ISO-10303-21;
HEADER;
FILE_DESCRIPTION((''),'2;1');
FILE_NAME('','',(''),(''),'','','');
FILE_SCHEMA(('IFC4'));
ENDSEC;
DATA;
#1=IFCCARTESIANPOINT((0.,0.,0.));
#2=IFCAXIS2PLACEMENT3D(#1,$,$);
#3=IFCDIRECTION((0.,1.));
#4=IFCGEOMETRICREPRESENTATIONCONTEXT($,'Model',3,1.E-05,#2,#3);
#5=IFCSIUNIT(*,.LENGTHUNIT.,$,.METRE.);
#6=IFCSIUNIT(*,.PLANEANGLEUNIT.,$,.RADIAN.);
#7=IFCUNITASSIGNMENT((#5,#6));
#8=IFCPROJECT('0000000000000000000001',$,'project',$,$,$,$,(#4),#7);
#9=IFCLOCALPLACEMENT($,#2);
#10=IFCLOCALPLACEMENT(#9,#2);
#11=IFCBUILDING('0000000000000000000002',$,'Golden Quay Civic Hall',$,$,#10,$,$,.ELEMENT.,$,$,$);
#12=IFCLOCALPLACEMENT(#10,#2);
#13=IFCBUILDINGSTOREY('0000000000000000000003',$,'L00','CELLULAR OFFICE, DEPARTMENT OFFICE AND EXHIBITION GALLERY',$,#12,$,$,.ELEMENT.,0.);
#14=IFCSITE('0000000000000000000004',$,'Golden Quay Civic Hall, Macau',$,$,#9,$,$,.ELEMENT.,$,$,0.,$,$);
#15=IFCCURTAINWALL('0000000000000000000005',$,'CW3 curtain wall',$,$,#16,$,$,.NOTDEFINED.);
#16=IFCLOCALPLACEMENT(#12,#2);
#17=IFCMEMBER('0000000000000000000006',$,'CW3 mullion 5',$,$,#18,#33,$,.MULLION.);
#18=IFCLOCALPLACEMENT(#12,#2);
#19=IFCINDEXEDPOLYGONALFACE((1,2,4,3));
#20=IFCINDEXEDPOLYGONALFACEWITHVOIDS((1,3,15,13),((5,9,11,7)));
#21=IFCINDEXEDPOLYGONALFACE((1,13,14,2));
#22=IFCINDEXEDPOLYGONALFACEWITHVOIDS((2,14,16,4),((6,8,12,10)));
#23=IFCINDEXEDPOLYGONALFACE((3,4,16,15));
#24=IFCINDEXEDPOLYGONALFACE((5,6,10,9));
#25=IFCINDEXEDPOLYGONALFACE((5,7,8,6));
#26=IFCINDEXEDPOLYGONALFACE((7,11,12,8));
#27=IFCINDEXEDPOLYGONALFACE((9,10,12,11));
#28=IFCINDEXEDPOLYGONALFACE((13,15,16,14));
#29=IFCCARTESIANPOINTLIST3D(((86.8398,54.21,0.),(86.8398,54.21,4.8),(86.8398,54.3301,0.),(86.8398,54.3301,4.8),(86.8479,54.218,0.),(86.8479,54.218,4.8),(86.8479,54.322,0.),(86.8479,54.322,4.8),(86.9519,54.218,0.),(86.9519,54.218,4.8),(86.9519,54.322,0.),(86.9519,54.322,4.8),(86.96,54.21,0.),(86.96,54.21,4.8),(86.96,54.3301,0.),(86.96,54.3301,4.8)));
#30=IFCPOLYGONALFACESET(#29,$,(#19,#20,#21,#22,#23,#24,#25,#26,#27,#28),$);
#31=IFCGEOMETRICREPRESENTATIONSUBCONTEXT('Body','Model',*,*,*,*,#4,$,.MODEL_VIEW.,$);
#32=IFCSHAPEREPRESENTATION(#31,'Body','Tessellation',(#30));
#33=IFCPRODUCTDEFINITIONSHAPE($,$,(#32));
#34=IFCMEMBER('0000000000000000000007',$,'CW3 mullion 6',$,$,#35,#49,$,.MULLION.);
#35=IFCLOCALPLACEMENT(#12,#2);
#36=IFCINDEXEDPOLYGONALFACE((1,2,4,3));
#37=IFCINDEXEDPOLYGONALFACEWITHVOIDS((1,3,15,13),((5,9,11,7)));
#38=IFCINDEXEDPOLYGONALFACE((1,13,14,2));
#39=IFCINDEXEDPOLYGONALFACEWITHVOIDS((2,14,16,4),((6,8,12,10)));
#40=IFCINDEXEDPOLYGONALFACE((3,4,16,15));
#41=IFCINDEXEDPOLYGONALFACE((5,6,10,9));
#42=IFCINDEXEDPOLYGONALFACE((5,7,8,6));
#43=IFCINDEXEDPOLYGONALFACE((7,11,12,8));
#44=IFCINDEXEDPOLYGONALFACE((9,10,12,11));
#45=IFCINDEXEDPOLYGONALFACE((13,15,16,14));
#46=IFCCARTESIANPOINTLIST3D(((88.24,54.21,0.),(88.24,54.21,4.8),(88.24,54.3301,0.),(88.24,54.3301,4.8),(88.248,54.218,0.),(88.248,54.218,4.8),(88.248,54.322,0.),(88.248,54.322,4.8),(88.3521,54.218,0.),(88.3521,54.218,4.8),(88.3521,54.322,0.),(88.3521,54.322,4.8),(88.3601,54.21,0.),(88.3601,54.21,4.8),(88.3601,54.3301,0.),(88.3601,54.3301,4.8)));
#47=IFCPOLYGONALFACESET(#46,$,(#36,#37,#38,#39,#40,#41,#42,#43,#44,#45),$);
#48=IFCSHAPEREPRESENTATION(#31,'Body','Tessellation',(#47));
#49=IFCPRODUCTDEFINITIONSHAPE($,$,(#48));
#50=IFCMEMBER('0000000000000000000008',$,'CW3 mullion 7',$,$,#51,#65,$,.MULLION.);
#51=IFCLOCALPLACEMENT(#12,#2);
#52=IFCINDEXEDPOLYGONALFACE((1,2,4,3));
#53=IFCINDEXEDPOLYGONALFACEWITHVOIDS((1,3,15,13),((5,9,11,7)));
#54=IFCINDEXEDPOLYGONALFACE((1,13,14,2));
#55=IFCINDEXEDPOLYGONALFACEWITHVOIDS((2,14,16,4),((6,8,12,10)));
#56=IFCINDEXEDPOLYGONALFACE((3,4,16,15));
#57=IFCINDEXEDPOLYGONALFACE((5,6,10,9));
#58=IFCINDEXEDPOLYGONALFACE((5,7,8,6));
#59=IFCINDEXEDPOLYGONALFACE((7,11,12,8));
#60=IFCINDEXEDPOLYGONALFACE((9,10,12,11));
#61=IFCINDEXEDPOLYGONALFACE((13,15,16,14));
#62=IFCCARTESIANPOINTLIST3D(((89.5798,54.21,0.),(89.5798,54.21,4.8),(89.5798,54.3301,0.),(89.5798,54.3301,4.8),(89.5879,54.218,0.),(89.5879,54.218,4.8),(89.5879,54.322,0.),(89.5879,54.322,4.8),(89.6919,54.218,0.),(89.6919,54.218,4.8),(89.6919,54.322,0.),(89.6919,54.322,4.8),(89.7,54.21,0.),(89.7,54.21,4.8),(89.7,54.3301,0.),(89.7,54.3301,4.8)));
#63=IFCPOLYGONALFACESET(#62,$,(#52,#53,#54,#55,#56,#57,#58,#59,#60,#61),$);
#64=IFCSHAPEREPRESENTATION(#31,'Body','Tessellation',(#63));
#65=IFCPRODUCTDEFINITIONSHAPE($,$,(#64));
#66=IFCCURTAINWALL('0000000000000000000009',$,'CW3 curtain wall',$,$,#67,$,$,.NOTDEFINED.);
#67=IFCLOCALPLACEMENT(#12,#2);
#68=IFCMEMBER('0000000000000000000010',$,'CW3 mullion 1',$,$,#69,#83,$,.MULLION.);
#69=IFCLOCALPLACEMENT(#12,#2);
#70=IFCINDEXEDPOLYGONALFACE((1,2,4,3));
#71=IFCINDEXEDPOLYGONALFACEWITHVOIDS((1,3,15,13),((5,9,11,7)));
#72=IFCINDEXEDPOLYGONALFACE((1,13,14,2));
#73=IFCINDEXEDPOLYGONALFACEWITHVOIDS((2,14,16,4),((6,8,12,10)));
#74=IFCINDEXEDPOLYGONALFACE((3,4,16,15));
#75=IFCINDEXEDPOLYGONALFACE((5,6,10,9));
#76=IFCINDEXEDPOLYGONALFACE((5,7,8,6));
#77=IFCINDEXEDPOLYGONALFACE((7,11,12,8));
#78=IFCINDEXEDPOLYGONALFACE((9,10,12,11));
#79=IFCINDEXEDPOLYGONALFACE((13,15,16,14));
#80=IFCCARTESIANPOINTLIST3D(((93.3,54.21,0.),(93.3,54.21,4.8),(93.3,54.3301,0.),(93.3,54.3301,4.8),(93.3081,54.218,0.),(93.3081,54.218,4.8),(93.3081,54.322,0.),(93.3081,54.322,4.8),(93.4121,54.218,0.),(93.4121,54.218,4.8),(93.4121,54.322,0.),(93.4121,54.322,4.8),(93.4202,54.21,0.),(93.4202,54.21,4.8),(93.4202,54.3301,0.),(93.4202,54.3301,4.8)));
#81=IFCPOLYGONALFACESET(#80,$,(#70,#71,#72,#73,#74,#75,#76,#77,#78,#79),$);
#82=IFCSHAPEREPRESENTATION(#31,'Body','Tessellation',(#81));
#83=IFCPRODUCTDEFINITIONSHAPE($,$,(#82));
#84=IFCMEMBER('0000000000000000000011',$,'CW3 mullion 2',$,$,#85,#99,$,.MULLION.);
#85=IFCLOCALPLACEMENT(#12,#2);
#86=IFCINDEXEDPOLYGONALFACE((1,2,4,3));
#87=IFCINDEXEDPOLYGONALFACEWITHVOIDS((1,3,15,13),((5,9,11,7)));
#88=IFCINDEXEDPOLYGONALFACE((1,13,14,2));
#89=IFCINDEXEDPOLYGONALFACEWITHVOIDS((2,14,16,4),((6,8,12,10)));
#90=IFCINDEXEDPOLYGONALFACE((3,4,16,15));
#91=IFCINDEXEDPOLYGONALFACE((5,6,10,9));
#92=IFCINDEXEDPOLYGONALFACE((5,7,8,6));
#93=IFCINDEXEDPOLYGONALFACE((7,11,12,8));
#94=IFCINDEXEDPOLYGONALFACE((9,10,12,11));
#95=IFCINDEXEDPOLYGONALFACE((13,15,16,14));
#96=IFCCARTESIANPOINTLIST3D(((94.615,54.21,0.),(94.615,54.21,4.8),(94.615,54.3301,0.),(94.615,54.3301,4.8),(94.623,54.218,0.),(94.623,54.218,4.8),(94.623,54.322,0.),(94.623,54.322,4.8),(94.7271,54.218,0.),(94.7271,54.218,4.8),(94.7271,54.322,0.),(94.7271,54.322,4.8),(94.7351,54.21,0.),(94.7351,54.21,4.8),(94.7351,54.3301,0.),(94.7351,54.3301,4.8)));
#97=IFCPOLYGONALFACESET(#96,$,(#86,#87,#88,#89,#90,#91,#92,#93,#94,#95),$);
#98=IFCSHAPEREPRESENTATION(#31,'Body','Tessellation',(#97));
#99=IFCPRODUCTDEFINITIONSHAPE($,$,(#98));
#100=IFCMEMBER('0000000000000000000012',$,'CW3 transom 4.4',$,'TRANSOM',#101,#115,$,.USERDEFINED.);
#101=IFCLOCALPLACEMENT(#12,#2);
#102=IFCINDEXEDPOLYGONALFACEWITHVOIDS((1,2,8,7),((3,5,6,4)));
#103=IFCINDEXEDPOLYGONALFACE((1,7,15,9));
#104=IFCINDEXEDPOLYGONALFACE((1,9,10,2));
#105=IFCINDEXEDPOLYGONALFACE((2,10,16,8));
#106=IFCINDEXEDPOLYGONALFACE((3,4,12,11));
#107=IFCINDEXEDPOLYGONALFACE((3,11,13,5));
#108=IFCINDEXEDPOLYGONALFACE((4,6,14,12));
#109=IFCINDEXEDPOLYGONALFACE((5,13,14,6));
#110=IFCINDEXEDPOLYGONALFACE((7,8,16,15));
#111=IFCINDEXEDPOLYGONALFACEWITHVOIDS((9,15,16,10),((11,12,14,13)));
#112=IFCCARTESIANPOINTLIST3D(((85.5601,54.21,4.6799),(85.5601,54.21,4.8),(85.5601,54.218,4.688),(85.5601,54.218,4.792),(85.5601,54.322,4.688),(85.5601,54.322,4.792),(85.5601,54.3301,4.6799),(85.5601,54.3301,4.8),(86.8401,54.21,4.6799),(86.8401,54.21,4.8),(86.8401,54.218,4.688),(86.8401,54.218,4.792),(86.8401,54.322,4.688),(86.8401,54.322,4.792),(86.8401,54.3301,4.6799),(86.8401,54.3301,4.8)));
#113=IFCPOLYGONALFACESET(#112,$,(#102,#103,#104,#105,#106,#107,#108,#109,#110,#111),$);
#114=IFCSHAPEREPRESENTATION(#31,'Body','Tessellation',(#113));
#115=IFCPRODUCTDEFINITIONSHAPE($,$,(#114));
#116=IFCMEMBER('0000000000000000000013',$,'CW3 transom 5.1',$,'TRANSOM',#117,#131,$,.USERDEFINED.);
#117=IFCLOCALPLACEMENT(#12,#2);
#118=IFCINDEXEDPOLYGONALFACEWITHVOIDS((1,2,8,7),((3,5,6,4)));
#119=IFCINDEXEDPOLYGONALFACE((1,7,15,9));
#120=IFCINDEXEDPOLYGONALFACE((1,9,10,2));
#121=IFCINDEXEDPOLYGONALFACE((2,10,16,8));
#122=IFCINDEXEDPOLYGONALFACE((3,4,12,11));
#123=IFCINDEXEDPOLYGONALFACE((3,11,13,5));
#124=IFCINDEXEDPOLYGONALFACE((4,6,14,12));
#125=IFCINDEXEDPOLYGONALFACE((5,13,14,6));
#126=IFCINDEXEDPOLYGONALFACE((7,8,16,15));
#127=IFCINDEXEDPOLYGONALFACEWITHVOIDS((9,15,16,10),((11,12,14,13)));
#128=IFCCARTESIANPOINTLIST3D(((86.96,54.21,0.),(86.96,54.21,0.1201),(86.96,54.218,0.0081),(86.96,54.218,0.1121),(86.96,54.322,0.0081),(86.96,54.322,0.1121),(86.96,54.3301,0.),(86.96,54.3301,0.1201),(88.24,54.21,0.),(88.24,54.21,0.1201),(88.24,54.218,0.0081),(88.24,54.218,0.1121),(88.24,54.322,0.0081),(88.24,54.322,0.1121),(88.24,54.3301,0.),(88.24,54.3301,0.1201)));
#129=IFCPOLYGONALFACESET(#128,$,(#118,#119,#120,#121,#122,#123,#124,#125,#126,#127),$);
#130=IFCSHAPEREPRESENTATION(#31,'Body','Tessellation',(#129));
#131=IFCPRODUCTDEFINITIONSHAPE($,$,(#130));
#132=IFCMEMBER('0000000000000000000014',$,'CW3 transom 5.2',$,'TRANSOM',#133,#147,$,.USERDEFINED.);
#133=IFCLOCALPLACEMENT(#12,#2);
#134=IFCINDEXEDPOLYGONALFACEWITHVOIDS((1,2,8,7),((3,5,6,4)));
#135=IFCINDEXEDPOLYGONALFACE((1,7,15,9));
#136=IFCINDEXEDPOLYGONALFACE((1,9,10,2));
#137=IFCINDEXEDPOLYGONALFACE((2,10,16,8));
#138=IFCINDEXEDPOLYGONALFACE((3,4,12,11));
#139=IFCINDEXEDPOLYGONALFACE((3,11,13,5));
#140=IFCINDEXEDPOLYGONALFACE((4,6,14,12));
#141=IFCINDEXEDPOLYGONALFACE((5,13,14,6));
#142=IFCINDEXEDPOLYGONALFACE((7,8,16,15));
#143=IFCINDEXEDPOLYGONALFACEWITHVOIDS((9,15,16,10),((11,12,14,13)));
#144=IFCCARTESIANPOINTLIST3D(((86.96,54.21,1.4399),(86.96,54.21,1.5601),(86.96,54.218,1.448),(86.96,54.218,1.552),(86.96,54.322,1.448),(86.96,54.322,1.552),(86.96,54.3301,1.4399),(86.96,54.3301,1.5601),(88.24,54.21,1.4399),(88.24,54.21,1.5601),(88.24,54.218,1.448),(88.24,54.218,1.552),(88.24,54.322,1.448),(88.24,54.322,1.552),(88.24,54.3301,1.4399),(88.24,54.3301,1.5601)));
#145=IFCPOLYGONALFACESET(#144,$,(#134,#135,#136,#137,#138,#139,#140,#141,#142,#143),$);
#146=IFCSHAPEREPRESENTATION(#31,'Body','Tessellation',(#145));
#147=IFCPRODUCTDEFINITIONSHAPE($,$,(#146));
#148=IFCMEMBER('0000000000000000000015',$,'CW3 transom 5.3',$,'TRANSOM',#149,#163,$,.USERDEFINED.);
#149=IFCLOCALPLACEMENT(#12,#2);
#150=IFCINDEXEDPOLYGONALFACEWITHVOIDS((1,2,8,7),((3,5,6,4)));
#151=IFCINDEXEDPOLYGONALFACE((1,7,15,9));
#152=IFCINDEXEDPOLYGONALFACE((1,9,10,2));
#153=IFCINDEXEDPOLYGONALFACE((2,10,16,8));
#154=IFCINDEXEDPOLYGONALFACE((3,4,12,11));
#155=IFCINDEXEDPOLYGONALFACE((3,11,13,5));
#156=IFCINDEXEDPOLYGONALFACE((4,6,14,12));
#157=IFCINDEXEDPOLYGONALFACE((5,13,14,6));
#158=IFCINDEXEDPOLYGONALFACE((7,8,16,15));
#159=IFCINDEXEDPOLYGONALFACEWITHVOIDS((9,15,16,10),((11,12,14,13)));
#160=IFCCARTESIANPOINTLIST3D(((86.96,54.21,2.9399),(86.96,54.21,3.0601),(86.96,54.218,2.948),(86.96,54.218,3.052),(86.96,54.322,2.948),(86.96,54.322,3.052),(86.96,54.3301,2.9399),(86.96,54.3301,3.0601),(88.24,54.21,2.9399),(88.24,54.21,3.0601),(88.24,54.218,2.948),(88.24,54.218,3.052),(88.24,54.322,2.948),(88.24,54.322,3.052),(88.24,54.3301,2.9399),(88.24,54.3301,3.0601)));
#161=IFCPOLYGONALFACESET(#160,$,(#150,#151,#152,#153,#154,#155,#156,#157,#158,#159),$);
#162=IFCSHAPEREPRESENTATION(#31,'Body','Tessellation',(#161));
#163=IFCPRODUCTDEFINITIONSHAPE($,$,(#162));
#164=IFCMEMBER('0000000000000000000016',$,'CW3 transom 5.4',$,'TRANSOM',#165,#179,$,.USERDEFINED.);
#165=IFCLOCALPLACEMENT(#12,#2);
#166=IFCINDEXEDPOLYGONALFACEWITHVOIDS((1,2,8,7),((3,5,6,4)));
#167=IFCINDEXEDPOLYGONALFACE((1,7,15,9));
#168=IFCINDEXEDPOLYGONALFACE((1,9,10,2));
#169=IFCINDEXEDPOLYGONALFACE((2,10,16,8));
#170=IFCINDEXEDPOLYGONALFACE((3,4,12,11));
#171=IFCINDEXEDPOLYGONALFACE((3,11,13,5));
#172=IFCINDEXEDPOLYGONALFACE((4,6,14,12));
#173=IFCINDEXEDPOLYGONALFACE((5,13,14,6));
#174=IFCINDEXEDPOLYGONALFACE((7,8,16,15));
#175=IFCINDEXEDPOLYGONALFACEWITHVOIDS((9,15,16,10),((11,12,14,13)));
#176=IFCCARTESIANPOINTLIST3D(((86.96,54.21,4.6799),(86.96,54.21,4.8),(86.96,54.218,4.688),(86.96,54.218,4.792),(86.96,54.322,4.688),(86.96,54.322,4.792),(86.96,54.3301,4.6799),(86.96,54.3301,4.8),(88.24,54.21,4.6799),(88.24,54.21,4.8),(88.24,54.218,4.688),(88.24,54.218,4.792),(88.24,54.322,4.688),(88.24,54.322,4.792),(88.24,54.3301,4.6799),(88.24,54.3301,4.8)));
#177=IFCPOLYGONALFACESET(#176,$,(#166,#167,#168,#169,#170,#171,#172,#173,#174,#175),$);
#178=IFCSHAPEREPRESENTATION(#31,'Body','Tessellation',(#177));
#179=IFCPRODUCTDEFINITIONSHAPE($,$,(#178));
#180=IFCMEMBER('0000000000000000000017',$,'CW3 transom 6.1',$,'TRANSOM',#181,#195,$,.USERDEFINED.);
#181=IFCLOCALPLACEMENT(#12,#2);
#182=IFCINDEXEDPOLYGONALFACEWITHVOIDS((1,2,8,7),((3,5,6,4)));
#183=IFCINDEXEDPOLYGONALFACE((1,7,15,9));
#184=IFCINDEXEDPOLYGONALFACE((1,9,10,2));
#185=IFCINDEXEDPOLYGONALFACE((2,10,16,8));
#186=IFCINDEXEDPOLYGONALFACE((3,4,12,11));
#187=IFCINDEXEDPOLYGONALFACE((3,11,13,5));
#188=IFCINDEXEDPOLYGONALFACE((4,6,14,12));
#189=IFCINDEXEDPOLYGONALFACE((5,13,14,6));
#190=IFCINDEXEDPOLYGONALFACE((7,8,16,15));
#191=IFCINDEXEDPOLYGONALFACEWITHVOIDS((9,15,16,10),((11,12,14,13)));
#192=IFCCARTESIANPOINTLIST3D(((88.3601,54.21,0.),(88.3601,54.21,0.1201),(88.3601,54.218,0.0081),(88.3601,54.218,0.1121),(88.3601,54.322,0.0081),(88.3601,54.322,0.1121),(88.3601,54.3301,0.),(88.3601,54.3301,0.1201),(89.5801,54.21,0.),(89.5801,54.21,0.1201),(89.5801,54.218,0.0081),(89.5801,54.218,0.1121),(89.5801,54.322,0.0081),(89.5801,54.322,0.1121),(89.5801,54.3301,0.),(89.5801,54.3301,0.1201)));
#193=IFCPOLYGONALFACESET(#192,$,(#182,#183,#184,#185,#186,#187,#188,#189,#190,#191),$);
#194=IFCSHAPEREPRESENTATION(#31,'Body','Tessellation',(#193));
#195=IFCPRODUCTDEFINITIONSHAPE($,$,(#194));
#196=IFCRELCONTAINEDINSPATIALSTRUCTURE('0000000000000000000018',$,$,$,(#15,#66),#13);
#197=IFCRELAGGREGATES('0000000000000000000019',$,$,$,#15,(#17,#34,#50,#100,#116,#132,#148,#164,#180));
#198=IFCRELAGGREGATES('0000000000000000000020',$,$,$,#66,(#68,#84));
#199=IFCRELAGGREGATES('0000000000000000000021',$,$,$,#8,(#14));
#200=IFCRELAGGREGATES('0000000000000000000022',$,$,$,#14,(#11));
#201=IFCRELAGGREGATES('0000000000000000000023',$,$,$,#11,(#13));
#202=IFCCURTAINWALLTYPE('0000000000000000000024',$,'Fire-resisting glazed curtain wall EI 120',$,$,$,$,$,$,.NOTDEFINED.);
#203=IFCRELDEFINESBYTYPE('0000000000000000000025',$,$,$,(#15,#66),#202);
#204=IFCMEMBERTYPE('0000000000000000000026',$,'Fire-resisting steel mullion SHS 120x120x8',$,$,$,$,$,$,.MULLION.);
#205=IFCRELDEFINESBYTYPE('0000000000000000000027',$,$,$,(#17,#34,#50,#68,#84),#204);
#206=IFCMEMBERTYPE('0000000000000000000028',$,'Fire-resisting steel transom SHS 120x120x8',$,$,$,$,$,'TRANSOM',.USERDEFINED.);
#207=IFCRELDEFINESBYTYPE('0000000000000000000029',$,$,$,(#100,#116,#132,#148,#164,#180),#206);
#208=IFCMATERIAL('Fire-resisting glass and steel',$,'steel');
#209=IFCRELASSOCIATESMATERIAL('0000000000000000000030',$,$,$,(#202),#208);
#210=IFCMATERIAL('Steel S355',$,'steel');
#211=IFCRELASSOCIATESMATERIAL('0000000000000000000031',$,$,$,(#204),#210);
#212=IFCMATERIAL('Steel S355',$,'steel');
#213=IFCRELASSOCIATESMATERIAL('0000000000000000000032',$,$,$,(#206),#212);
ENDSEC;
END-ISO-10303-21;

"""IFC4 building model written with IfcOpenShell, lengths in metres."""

from ifc_helpers import new_model, si_unit, direction, frame, origin, origin_2d, place, context, subcontext, project, spatial, hollow_rectangle, extrude, material, material_profile, profile_set, type_object, element, aggregate, save


model = new_model("IFC4")

# Units and contexts
model_context = context("Model", 3, precision=1e-05, world=origin(), true_north=direction((0.0, 1.0)))
body_context = subcontext(model_context, "Body", "Model", "MODEL_VIEW")
ifc_project = project(units=[si_unit("LENGTHUNIT", "METRE"), si_unit("PLANEANGLEUNIT", "RADIAN")], contexts=[model_context])

# Site, building, storey
site_placement = place(None, origin())
site = spatial("IfcSite", under=ifc_project, at=site_placement, Name="Golden Quay Civic Hall, Macau", CompositionType="ELEMENT", RefElevation=0.0)
building_placement = place(site_placement, origin())
building = spatial("IfcBuilding", under=site, at=building_placement, Name="Golden Quay Civic Hall", CompositionType="ELEMENT")
storey_placement = place(building_placement, origin())
storey = spatial("IfcBuildingStorey", under=building, at=storey_placement, Name="L00", Description="CELLULAR OFFICE, DEPARTMENT OFFICE AND EXHIBITION GALLERY", CompositionType="ELEMENT", Elevation=0.0)

# Curtain walls, members
ifc_material_1 = material(Name="Fire-resisting glass and steel", Category="steel")
curtain_wall_type = type_object("IfcCurtainWallType", Name="Fire-resisting glazed curtain wall EI 120", PredefinedType="NOTDEFINED", material=ifc_material_1)
curtain_wall_1_placement = place(storey_placement, origin())
curtain_wall_1 = element("IfcCurtainWall", 1, at=curtain_wall_1_placement, inside=storey, type_object=curtain_wall_type, Name="CW3 curtain wall", PredefinedType="NOTDEFINED")
ifc_material_2 = material(Name="Steel S355", Category="steel")
ifc_material_profile_1 = material_profile(ifc_material_2, hollow_rectangle(XDim=0.1201, YDim=0.1201, WallThickness=0.0081, at=origin_2d()), Name="SHS 120x120x8")
ifc_profile_set_1 = profile_set([ifc_material_profile_1], Name="Steel S355")
member_type_1 = type_object("IfcMemberType", Name="Fire-resisting steel mullion SHS 120x120x8", PredefinedType="MULLION", material=ifc_profile_set_1)
member_1_placement = place(storey_placement, frame((86.8999, 54.27, 0.0), z_axis=(0.0, 0.0, 1.0), x_axis=(0.0, 1.0, 0.0)))
member_1 = element("IfcMember", 2, at=member_1_placement, type_object=member_type_1, Name="CW3 mullion 5", PredefinedType="MULLION", context=body_context, shape_type="SweptSolid", body=[
    extrude(hollow_rectangle(XDim=0.1201, YDim=0.1201, WallThickness=0.0081, at=origin_2d()), origin(), (0.0, 0.0, 1.0), 4.8),
])
member_2_placement = place(storey_placement, frame((88.3, 54.27, 0.0), z_axis=(0.0, 0.0, 1.0), x_axis=(0.0, 1.0, 0.0)))
member_2 = element("IfcMember", 3, at=member_2_placement, type_object=member_type_1, Name="CW3 mullion 6", PredefinedType="MULLION", context=body_context, shape_type="SweptSolid", body=[
    extrude(hollow_rectangle(XDim=0.1201, YDim=0.1201, WallThickness=0.0081, at=origin_2d()), origin(), (0.0, 0.0, 1.0), 4.8),
])
member_3_placement = place(storey_placement, frame((89.6399, 54.27, 0.0), z_axis=(0.0, 0.0, 1.0), x_axis=(0.0, 1.0, 0.0)))
member_3 = element("IfcMember", 4, at=member_3_placement, type_object=member_type_1, Name="CW3 mullion 7", PredefinedType="MULLION", context=body_context, shape_type="SweptSolid", body=[
    extrude(hollow_rectangle(XDim=0.1201, YDim=0.1201, WallThickness=0.0081, at=origin_2d()), origin(), (0.0, 0.0, 1.0), 4.8),
])
curtain_wall_2_placement = place(storey_placement, origin())
curtain_wall_2 = element("IfcCurtainWall", 5, at=curtain_wall_2_placement, inside=storey, type_object=curtain_wall_type, Name="CW3 curtain wall", PredefinedType="NOTDEFINED")
member_4_placement = place(storey_placement, frame((93.3601, 54.27, 0.0), z_axis=(0.0, 0.0, 1.0), x_axis=(0.0, 1.0, 0.0)))
member_4 = element("IfcMember", 6, at=member_4_placement, type_object=member_type_1, Name="CW3 mullion 1", PredefinedType="MULLION", context=body_context, shape_type="SweptSolid", body=[
    extrude(hollow_rectangle(XDim=0.1201, YDim=0.1201, WallThickness=0.0081, at=origin_2d()), origin(), (0.0, 0.0, 1.0), 4.8),
])
member_5_placement = place(storey_placement, frame((94.675, 54.27, 0.0), z_axis=(0.0, 0.0, 1.0), x_axis=(0.0, 1.0, 0.0)))
member_5 = element("IfcMember", 7, at=member_5_placement, type_object=member_type_1, Name="CW3 mullion 2", PredefinedType="MULLION", context=body_context, shape_type="SweptSolid", body=[
    extrude(hollow_rectangle(XDim=0.1201, YDim=0.1201, WallThickness=0.0081, at=origin_2d()), origin(), (0.0, 0.0, 1.0), 4.8),
])

# Members
ifc_material_3 = material(Name="Steel S355", Category="steel")
ifc_material_profile_2 = material_profile(ifc_material_3, hollow_rectangle(XDim=0.1201, YDim=0.1201, WallThickness=0.0081, at=origin_2d()), Name="SHS 120x120x8")
ifc_profile_set_2 = profile_set([ifc_material_profile_2], Name="Steel S355")
member_type_2 = type_object("IfcMemberType", Name="Fire-resisting steel transom SHS 120x120x8", ElementType="TRANSOM", PredefinedType="USERDEFINED", material=ifc_profile_set_2)
member_6_placement = place(storey_placement, frame((85.5601, 54.27, 4.74), z_axis=(1.0, 0.0, 0.0), x_axis=(0.0, 1.0, 0.0)))
member_6 = element("IfcMember", 8, at=member_6_placement, type_object=member_type_2, Name="CW3 transom 4.4", ObjectType="TRANSOM", PredefinedType="USERDEFINED", context=body_context, shape_type="SweptSolid", body=[
    extrude(hollow_rectangle(XDim=0.1201, YDim=0.1201, WallThickness=0.0081, at=origin_2d()), origin(), (0.0, 0.0, 1.0), 1.28),
])
member_7_placement = place(storey_placement, frame((86.96, 54.27, 0.0601), z_axis=(1.0, 0.0, 0.0), x_axis=(0.0, 1.0, 0.0)))
member_7 = element("IfcMember", 9, at=member_7_placement, type_object=member_type_2, Name="CW3 transom 5.1", ObjectType="TRANSOM", PredefinedType="USERDEFINED", context=body_context, shape_type="SweptSolid", body=[
    extrude(hollow_rectangle(XDim=0.1201, YDim=0.1201, WallThickness=0.0081, at=origin_2d()), origin(), (0.0, 0.0, 1.0), 1.28),
])
member_8_placement = place(storey_placement, frame((86.96, 54.27, 1.5), z_axis=(1.0, 0.0, 0.0), x_axis=(0.0, 1.0, 0.0)))
member_8 = element("IfcMember", 10, at=member_8_placement, type_object=member_type_2, Name="CW3 transom 5.2", ObjectType="TRANSOM", PredefinedType="USERDEFINED", context=body_context, shape_type="SweptSolid", body=[
    extrude(hollow_rectangle(XDim=0.1201, YDim=0.1201, WallThickness=0.0081, at=origin_2d()), origin(), (0.0, 0.0, 1.0), 1.28),
])
member_9_placement = place(storey_placement, frame((86.96, 54.27, 3.0), z_axis=(1.0, 0.0, 0.0), x_axis=(0.0, 1.0, 0.0)))
member_9 = element("IfcMember", 11, at=member_9_placement, type_object=member_type_2, Name="CW3 transom 5.3", ObjectType="TRANSOM", PredefinedType="USERDEFINED", context=body_context, shape_type="SweptSolid", body=[
    extrude(hollow_rectangle(XDim=0.1201, YDim=0.1201, WallThickness=0.0081, at=origin_2d()), origin(), (0.0, 0.0, 1.0), 1.28),
])
member_10_placement = place(storey_placement, frame((86.96, 54.27, 4.74), z_axis=(1.0, 0.0, 0.0), x_axis=(0.0, 1.0, 0.0)))
member_10 = element("IfcMember", 12, at=member_10_placement, type_object=member_type_2, Name="CW3 transom 5.4", ObjectType="TRANSOM", PredefinedType="USERDEFINED", context=body_context, shape_type="SweptSolid", body=[
    extrude(hollow_rectangle(XDim=0.1201, YDim=0.1201, WallThickness=0.0081, at=origin_2d()), origin(), (0.0, 0.0, 1.0), 1.28),
])
member_11_placement = place(storey_placement, frame((88.3601, 54.27, 0.0601), z_axis=(1.0, 0.0, 0.0), x_axis=(0.0, 1.0, 0.0)))
member_11 = element("IfcMember", 13, at=member_11_placement, type_object=member_type_2, Name="CW3 transom 6.1", ObjectType="TRANSOM", PredefinedType="USERDEFINED", context=body_context, shape_type="SweptSolid", body=[
    extrude(hollow_rectangle(XDim=0.1201, YDim=0.1201, WallThickness=0.0081, at=origin_2d()), origin(), (0.0, 0.0, 1.0), 1.22),
])

aggregate(curtain_wall_1, [member_1, member_2, member_3, member_6, member_7, member_8, member_9, member_10, member_11])
aggregate(curtain_wall_2, [member_4, member_5])

save(model, "model.ifc")
